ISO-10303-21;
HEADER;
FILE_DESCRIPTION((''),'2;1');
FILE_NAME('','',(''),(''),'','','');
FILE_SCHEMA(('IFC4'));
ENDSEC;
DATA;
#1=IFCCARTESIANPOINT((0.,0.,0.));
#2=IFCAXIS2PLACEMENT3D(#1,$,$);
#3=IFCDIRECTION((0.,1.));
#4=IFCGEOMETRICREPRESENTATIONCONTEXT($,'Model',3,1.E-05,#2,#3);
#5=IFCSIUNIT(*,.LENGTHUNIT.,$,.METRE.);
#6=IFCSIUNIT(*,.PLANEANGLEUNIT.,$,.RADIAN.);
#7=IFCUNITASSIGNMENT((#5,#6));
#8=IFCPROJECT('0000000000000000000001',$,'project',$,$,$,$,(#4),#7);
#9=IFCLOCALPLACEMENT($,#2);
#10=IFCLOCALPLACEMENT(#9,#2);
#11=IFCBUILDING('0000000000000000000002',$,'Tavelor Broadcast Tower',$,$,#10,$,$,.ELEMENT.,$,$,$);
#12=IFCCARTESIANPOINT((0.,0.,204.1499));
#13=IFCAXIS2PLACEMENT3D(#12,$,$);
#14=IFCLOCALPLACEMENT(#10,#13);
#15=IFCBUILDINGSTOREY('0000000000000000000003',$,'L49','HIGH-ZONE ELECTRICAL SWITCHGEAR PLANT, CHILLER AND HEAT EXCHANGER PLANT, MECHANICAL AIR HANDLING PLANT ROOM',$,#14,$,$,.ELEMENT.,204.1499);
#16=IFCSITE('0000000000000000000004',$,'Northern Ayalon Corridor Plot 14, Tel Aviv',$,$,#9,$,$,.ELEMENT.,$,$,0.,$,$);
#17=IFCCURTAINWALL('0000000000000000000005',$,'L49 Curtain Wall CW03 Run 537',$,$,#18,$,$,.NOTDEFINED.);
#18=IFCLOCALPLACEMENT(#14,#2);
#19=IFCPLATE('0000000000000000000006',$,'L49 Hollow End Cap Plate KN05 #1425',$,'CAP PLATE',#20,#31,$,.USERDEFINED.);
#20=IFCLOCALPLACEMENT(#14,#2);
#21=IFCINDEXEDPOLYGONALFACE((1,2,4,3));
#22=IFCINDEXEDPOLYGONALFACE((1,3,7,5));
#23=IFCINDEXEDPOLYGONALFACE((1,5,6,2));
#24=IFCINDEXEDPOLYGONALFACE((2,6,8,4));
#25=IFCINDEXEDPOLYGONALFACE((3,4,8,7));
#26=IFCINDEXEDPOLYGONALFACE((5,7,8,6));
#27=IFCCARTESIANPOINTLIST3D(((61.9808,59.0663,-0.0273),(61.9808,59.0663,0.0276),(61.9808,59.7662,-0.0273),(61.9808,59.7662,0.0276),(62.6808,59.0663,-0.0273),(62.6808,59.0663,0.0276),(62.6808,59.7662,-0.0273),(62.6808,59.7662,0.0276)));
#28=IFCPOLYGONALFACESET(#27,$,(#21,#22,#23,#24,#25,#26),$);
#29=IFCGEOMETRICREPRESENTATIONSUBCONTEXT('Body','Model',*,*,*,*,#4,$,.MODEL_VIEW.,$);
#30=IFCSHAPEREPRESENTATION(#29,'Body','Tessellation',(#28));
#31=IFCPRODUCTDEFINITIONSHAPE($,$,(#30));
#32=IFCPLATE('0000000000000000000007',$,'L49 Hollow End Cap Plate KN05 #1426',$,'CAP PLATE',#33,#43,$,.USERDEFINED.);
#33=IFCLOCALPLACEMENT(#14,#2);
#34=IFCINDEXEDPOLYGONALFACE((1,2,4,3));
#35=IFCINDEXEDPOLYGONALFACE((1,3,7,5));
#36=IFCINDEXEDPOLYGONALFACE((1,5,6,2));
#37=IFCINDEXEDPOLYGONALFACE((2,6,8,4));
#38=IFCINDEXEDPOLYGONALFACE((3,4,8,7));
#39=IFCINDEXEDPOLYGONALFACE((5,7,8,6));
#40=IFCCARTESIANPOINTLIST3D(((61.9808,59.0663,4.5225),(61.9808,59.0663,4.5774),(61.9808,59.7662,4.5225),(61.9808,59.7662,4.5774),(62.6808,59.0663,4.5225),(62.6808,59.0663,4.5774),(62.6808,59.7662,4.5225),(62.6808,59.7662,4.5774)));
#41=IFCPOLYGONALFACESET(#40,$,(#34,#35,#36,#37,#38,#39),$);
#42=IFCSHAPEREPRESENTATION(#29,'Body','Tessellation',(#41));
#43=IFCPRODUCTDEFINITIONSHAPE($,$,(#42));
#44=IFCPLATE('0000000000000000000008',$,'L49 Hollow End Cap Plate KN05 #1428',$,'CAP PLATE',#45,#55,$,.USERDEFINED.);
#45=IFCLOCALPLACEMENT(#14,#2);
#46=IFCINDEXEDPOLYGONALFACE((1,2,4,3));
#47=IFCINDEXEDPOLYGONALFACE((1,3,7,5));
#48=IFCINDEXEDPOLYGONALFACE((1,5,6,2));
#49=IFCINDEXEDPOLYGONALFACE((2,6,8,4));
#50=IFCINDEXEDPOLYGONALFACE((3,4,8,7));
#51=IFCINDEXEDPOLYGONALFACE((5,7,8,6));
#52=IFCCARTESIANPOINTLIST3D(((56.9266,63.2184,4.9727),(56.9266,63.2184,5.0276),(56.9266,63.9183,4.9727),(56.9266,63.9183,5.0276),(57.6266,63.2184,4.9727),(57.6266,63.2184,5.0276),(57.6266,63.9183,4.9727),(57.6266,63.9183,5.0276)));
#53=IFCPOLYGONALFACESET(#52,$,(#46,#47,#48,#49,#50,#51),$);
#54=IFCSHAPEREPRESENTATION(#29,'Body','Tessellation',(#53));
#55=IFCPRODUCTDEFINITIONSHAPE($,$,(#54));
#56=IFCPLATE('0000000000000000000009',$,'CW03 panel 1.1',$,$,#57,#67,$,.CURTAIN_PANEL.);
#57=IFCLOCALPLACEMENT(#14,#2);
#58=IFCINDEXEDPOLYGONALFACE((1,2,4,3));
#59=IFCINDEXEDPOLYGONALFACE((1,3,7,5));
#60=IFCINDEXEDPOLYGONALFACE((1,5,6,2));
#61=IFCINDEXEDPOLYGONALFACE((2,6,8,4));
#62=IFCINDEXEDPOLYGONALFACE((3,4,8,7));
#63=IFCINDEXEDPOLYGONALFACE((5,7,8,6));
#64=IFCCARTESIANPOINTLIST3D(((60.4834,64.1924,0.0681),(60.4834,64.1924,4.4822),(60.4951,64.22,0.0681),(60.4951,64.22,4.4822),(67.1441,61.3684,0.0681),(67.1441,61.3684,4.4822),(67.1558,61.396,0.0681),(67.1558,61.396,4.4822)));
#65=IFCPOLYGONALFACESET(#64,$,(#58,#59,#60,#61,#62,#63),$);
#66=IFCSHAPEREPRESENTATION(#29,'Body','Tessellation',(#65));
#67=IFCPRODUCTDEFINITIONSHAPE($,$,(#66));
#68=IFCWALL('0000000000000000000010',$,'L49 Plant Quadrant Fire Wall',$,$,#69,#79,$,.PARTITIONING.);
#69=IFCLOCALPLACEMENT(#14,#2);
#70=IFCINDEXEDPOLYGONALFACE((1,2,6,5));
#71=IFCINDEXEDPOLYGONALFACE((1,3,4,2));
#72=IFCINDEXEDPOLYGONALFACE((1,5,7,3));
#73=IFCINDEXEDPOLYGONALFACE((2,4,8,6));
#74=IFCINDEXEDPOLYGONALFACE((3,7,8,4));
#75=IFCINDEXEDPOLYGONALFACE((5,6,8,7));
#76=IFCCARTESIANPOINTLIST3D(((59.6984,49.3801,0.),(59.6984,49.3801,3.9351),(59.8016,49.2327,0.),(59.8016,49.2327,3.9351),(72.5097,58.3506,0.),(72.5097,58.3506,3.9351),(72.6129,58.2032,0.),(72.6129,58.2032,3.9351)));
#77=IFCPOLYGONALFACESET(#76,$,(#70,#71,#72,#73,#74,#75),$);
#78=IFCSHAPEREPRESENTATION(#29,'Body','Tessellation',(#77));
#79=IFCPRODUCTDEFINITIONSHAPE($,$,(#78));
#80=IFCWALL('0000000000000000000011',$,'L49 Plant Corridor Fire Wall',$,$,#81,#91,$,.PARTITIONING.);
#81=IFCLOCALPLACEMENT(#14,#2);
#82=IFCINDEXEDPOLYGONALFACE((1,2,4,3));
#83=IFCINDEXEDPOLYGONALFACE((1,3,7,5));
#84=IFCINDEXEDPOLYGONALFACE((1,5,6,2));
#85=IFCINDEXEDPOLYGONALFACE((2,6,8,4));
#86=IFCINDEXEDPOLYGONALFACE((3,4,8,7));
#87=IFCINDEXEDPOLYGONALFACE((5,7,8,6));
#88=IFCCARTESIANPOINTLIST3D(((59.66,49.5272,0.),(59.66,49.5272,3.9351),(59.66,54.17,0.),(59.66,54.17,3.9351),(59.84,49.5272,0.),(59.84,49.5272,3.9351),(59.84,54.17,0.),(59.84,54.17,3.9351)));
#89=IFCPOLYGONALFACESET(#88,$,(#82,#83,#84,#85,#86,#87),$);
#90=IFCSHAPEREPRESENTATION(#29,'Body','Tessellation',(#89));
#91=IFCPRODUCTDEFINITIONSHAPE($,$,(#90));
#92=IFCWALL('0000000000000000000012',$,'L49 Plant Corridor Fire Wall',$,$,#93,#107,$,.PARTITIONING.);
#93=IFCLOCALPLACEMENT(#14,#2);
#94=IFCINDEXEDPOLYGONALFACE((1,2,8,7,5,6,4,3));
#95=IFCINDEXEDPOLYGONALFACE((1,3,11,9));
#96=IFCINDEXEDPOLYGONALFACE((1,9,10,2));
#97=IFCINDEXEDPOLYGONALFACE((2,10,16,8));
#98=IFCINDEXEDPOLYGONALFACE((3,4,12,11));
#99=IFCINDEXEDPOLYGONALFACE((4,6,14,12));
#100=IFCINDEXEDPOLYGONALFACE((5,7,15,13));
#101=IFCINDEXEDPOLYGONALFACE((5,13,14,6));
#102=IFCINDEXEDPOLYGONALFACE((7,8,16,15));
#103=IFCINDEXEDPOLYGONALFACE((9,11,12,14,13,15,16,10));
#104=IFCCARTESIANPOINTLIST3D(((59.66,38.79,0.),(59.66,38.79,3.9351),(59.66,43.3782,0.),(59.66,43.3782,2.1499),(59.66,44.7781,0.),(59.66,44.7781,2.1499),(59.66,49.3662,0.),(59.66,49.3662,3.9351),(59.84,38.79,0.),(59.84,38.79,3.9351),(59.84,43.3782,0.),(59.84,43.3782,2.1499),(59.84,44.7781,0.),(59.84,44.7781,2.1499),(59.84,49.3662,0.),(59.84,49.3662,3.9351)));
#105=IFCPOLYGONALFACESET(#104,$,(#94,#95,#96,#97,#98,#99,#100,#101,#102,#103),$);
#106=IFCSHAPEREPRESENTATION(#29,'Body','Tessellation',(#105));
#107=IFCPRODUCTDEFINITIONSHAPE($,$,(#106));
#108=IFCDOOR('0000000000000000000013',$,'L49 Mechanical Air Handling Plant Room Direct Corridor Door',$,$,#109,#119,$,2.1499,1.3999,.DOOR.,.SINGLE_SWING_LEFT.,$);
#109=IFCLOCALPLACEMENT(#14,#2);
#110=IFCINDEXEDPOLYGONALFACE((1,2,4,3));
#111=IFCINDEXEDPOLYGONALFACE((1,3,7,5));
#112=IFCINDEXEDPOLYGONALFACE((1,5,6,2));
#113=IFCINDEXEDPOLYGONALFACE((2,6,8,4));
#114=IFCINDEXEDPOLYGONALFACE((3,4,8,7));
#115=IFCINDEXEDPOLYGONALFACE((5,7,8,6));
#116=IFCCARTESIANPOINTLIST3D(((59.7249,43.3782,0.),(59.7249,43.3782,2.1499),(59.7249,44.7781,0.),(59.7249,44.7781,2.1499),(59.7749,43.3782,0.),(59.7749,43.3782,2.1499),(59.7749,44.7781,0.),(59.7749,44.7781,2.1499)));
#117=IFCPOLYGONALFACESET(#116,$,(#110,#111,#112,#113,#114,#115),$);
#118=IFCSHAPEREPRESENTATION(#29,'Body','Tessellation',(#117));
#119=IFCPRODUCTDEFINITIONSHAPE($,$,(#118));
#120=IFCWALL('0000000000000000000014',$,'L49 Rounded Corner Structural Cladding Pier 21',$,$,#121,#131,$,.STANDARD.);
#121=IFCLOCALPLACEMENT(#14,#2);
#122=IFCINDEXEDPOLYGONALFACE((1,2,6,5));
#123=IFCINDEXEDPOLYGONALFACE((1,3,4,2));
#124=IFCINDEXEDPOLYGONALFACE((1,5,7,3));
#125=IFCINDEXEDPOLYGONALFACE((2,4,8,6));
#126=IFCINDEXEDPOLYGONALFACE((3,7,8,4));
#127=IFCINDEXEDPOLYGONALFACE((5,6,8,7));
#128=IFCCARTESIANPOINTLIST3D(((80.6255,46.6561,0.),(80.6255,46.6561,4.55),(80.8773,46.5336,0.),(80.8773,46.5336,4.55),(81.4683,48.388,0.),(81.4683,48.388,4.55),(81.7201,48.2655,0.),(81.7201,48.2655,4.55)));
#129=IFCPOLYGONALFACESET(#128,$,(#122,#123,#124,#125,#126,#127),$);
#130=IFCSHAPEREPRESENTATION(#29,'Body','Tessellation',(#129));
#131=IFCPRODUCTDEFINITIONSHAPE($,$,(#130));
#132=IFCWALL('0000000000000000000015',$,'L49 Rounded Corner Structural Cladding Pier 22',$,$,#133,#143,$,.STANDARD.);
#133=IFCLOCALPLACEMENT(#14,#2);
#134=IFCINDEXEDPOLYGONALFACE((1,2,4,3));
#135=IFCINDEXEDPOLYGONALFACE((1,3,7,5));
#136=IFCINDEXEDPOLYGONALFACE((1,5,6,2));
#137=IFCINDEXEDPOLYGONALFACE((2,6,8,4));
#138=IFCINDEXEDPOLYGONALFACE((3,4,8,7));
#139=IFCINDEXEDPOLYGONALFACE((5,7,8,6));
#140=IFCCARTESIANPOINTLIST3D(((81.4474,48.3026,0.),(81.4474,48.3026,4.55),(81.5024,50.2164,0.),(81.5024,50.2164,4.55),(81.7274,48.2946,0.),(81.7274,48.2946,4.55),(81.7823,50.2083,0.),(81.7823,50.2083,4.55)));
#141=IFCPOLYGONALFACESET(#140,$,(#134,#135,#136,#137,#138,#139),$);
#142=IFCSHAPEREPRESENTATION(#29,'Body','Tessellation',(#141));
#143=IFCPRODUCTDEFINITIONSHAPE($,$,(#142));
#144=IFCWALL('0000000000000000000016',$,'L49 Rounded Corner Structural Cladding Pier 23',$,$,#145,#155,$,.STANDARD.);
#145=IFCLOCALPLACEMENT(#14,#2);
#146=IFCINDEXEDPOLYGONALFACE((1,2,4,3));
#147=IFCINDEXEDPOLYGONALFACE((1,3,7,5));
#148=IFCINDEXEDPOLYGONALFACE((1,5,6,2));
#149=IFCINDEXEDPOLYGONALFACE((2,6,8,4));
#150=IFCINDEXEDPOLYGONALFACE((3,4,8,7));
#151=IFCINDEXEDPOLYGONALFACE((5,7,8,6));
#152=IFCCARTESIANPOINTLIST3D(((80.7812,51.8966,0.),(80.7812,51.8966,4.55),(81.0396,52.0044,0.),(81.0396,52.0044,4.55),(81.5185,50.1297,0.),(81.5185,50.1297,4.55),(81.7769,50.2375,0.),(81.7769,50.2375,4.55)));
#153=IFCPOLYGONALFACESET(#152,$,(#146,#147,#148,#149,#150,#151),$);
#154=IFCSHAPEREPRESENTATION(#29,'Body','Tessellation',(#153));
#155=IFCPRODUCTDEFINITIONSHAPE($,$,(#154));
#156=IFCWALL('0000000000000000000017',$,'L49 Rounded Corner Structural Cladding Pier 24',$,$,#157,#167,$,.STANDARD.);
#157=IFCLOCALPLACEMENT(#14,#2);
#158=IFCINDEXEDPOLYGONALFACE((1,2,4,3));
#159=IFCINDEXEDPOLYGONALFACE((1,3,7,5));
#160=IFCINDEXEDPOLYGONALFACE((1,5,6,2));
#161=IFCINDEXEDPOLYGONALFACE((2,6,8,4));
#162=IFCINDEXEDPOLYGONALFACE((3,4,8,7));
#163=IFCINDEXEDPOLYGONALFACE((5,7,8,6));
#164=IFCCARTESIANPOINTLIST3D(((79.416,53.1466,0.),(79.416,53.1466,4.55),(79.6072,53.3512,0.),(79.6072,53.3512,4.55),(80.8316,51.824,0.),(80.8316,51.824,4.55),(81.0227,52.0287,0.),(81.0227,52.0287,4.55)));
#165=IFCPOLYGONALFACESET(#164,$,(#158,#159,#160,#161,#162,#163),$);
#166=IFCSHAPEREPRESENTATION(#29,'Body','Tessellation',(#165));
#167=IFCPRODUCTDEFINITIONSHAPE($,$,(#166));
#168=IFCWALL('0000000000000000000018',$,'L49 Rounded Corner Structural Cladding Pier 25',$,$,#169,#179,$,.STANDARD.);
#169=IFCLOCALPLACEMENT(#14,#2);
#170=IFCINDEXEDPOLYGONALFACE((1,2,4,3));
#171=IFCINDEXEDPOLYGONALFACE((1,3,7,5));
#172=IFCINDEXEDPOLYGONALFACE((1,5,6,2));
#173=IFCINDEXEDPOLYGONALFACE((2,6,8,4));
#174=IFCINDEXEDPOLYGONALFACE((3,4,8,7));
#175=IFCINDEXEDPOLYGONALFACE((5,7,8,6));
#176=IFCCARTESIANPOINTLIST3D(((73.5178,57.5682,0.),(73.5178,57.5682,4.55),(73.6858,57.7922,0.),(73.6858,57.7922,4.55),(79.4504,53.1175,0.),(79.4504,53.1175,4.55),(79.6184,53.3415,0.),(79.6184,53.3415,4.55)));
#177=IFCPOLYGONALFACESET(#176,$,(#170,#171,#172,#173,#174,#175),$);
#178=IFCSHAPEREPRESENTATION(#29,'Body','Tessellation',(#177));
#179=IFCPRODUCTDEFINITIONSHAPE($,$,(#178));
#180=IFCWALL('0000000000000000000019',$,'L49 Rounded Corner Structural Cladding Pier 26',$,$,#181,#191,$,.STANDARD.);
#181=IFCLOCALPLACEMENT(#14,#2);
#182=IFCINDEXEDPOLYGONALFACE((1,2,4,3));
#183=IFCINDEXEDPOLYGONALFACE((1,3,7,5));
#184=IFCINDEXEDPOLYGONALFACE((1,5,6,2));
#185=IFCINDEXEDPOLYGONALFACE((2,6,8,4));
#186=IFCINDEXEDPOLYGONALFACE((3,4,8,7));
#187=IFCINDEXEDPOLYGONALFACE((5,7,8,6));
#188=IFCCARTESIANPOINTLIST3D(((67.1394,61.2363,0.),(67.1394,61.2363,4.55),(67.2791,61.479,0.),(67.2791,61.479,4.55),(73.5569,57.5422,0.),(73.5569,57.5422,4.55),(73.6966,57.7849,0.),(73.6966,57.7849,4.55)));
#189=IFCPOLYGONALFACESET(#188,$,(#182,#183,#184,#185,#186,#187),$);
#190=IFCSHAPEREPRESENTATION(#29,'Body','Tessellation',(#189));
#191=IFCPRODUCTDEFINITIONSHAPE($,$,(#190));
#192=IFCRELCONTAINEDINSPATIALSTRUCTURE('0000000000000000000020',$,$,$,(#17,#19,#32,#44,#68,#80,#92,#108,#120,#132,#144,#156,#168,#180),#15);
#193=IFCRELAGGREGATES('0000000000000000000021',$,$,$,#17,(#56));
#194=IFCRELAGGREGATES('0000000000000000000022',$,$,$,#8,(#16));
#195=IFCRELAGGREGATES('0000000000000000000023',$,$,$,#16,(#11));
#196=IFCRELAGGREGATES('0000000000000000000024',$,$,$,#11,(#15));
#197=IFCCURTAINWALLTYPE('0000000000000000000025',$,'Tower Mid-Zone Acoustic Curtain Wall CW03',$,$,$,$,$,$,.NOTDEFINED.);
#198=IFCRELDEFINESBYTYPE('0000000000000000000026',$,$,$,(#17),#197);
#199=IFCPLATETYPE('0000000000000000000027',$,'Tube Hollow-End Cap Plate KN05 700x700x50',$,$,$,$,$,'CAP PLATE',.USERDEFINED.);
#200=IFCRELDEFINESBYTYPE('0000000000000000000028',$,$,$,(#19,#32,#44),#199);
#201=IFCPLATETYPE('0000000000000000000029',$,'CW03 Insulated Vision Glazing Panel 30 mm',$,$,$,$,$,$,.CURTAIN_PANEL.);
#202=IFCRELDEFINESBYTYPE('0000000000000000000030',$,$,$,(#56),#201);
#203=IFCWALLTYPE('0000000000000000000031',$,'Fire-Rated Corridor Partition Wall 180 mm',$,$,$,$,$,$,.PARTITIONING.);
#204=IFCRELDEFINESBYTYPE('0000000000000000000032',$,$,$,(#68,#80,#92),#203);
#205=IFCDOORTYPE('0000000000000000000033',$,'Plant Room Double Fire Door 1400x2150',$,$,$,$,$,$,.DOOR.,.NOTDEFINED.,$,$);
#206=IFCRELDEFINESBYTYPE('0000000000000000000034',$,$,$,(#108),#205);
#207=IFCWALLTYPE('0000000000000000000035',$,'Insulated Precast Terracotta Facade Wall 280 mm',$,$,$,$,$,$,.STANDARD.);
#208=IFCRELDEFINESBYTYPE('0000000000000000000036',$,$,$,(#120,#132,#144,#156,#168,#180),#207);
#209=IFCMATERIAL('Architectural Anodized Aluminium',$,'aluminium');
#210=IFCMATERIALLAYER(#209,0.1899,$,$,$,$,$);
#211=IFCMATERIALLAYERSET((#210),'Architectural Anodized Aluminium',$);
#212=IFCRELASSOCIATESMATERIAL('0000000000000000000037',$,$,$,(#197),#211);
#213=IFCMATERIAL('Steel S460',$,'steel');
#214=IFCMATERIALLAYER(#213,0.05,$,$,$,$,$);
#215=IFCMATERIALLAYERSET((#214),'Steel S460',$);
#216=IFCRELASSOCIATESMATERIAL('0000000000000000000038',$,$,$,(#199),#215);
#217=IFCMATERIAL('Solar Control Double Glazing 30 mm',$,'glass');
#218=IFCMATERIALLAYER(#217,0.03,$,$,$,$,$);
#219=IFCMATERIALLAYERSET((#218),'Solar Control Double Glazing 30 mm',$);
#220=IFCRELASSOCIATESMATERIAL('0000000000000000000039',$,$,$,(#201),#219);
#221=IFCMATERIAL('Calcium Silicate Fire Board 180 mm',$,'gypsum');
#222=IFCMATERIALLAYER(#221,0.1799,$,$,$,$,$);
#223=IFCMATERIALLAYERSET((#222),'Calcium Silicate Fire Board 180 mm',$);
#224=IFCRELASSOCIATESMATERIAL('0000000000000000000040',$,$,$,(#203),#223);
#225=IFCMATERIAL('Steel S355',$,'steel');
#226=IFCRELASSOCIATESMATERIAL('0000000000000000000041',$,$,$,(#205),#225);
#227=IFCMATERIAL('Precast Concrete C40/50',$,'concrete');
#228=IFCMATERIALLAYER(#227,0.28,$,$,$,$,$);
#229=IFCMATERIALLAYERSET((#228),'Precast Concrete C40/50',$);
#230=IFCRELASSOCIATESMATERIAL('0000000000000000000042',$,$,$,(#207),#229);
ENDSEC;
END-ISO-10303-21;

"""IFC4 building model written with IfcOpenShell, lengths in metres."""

from ifc_helpers import new_model, si_unit, direction, frame, frame_2d, origin, origin_2d, place, context, subcontext, project, spatial, rectangle, extrude, source, transform, mapped, material, layer, layer_set, type_object, type_shapes, element, fill, aggregate, save


model = new_model("IFC4")

# Units and contexts
model_context = context("Model", 3, precision=1e-05, world=origin(), true_north=direction((0.0, 1.0)))
body_context = subcontext(model_context, "Body", "Model", "MODEL_VIEW")
ifc_project = project(units=[si_unit("LENGTHUNIT", "METRE"), si_unit("PLANEANGLEUNIT", "RADIAN")], contexts=[model_context])

# Site, building, storey
site_placement = place(None, origin())
site = spatial("IfcSite", under=ifc_project, at=site_placement, Name="Northern Ayalon Corridor Plot 14, Tel Aviv", CompositionType="ELEMENT", RefElevation=0.0)
building_placement = place(site_placement, origin())
building = spatial("IfcBuilding", under=site, at=building_placement, Name="Tavelor Broadcast Tower", CompositionType="ELEMENT")
storey_placement = place(building_placement, frame((0.0, 0.0, 204.1499)))
storey = spatial("IfcBuildingStorey", under=building, at=storey_placement, Name="L49", Description="HIGH-ZONE ELECTRICAL SWITCHGEAR PLANT, CHILLER AND HEAT EXCHANGER PLANT, MECHANICAL AIR HANDLING PLANT ROOM", CompositionType="ELEMENT", Elevation=204.1499)

# Shared definitions
ifc_material_1 = material(Name="Steel S460", Category="steel")

# Shared definitions
ifc_material_2 = material(Name="Steel S355", Category="steel")

# Shared definitions
ifc_material_3 = material(Name="Architectural Anodized Aluminium", Category="aluminium")
ifc_layer_1 = layer(ifc_material_3, 0.1899)
ifc_layer_set_1 = layer_set([ifc_layer_1], Name="Architectural Anodized Aluminium")
curtain_wall_type = type_object("IfcCurtainWallType", Name="Tower Mid-Zone Acoustic Curtain Wall CW03", PredefinedType="NOTDEFINED", material=ifc_layer_set_1)

# Curtain wall
curtain_wall_1_placement = place(storey_placement, origin())
curtain_wall_1 = element("IfcCurtainWall", 1, at=curtain_wall_1_placement, inside=storey, type_object=curtain_wall_type, Name="L49 Curtain Wall CW03 Run 537", PredefinedType="NOTDEFINED")

# Plates
ifc_layer_2 = layer(ifc_material_1, 0.05)
ifc_layer_set_2 = layer_set([ifc_layer_2], Name="Steel S460")
plate_type_1 = type_object("IfcPlateType", Name="Tube Hollow-End Cap Plate KN05 700x700x50", ElementType="CAP PLATE", PredefinedType="USERDEFINED", material=ifc_layer_set_2)
shared_shape_1 = source(origin(), body_context, "Body", "SweptSolid", [
    extrude(rectangle(XDim=0.7, YDim=0.7, at=origin_2d()), origin(), (0.0, 0.0, 1.0), 0.0549),
])
type_shapes(plate_type_1, [shared_shape_1])
for number, where, z_axis, x_axis, name in (
    (2, (62.3308, 59.4163, -0.0273), (0.0, 0.0, 1.0), (1.0, 0.0, 0.0), "L49 Hollow End Cap Plate KN05 #1425"),
    (3, (62.3308, 59.4163, 4.5225), (0.0, 0.0, 1.0), (1.0, 0.0, 0.0), "L49 Hollow End Cap Plate KN05 #1426"),
    (4, (57.2766, 63.5684, 4.9727), (0.0, 0.0, 1.0), (1.0, 0.0, 0.0), "L49 Hollow End Cap Plate KN05 #1428"),
):
    element("IfcPlate", number, at=place(storey_placement, frame(where, z_axis=z_axis, x_axis=x_axis)), inside=storey, type_object=plate_type_1, Name=name, ObjectType="CAP PLATE", PredefinedType="USERDEFINED", context=body_context, shape_type="MappedRepresentation", body=[
        mapped(shared_shape_1, transform((0.0, 0.0, 0.0), scale=1.0)),
    ])

# Plate
ifc_material_4 = material(Name="Solar Control Double Glazing 30 mm", Category="glass")
ifc_layer_3 = layer(ifc_material_4, 0.03)
ifc_layer_set_3 = layer_set([ifc_layer_3], Name="Solar Control Double Glazing 30 mm")
plate_type_2 = type_object("IfcPlateType", Name="CW03 Insulated Vision Glazing Panel 30 mm", PredefinedType="CURTAIN_PANEL", material=ifc_layer_set_3)
shared_shape_2 = source(origin(), body_context, "Body", "SweptSolid", [
    extrude(rectangle(XDim=7.2346, YDim=0.03, at=origin_2d()), origin(), (0.0, 0.0, 1.0), 4.4141),
])
type_shapes(plate_type_2, [shared_shape_2])
plate_placement = place(storey_placement, frame((63.8196, 62.7942, 0.0681), z_axis=(0.0, 0.0, 1.0), x_axis=(-0.92067, 0.390342, 0.0)))
plate = element("IfcPlate", 5, at=plate_placement, type_object=plate_type_2, Name="CW03 panel 1.1", PredefinedType="CURTAIN_PANEL", context=body_context, shape_type="MappedRepresentation", body=[
    mapped(shared_shape_2, transform((0.0, 0.0, 0.0), scale=1.0)),
])
aggregate(curtain_wall_1, [plate])

# Walls
ifc_material_5 = material(Name="Calcium Silicate Fire Board 180 mm", Category="gypsum")
ifc_layer_4 = layer(ifc_material_5, 0.1799)
ifc_layer_set_4 = layer_set([ifc_layer_4], Name="Calcium Silicate Fire Board 180 mm")
wall_type_1 = type_object("IfcWallType", Name="Fire-Rated Corridor Partition Wall 180 mm", PredefinedType="PARTITIONING", material=ifc_layer_set_4)
wall_1_placement = place(storey_placement, frame((59.75, 49.3064, 0.0), z_axis=(0.0, 0.0, 1.0), x_axis=(0.819155, 0.573572, 0.0)))
element("IfcWall", 6, at=wall_1_placement, inside=storey, type_object=wall_type_1, Name="L49 Plant Quadrant Fire Wall", PredefinedType="PARTITIONING", context=body_context, shape_type="SweptSolid", body=[
    extrude(rectangle(XDim=15.6396, YDim=0.1799, at=frame_2d((7.8198, 0.0))), origin(), (0.0, 0.0, 1.0), 3.9351),
])
wall_2_placement = place(storey_placement, frame((59.75, 54.1699, 0.0), z_axis=(0.0, 0.0, 1.0), x_axis=(0.0, -1.0, 0.0)))
element("IfcWall", 7, at=wall_2_placement, inside=storey, type_object=wall_type_1, Name="L49 Plant Corridor Fire Wall", PredefinedType="PARTITIONING", context=body_context, shape_type="SweptSolid", body=[
    extrude(rectangle(XDim=4.6428, YDim=0.1799, at=frame_2d((2.3213, 0.0))), origin(), (0.0, 0.0, 1.0), 3.9351),
])

# Wall, opening, door
wall_3_placement = place(storey_placement, frame((59.75, 49.3662, 0.0), z_axis=(0.0, 0.0, 1.0), x_axis=(0.0, -1.0, 0.0)))
wall_3 = element("IfcWall", 8, at=wall_3_placement, inside=storey, type_object=wall_type_1, Name="L49 Plant Corridor Fire Wall", PredefinedType="PARTITIONING", context=body_context, shape_type="SweptSolid", body=[
    extrude(rectangle(XDim=10.5762, YDim=0.1799, at=frame_2d((5.2881, 0.0))), origin(), (0.0, 0.0, 1.0), 3.9351),
])
opening_placement = place(wall_3_placement, frame((4.5881, 0.0, 0.0)))
opening = element("IfcOpeningElement", 9, at=opening_placement, cuts=wall_3, PredefinedType="OPENING", context=body_context, shape_type="SweptSolid", body=[
    extrude(rectangle(XDim=1.3999, YDim=2.1499, at=frame_2d((0.7, 1.075))), frame((0.0, 0.1001, 0.0), z_axis=(0.0, -1.0, 0.0), x_axis=(1.0, 0.0, 0.0)), (0.0, 0.0, 1.0), 0.2),
])
door_type = type_object("IfcDoorType", Name="Plant Room Double Fire Door 1400x2150", OperationType="NOTDEFINED", PredefinedType="DOOR", material=ifc_material_2)
door_placement = place(opening_placement, origin())
door = element("IfcDoor", 10, at=door_placement, inside=storey, type_object=door_type, Name="L49 Mechanical Air Handling Plant Room Direct Corridor Door", OperationType="SINGLE_SWING_LEFT", OverallHeight=2.1499, OverallWidth=1.3999, PredefinedType="DOOR", context=body_context, shape_type="SweptSolid", body=[
    extrude(rectangle(XDim=1.3999, YDim=2.1499, at=frame_2d((0.7, 1.075))), frame((0.0, 0.0249, 0.0), z_axis=(0.0, -1.0, 0.0), x_axis=(1.0, 0.0, 0.0)), (0.0, 0.0, 1.0), 0.05),
])
fill(opening, door)

# Walls
ifc_material_6 = material(Name="Precast Concrete C40/50", Category="concrete")
ifc_layer_5 = layer(ifc_material_6, 0.28)
ifc_layer_set_5 = layer_set([ifc_layer_5], Name="Precast Concrete C40/50")
wall_type_2 = type_object("IfcWallType", Name="Insulated Precast Terracotta Facade Wall 280 mm", PredefinedType="STANDARD", material=ifc_layer_set_5)
wall_4_placement = place(storey_placement, frame((80.7515, 46.595, 0.0), z_axis=(0.0, 0.0, 1.0), x_axis=(0.437554, 0.899192, 0.0)))
element("IfcWall", 11, at=wall_4_placement, inside=storey, type_object=wall_type_2, Name="L49 Rounded Corner Structural Cladding Pier 21", PredefinedType="STANDARD", context=body_context, shape_type="SweptSolid", body=[
    extrude(rectangle(XDim=1.926, YDim=0.28, at=frame_2d((0.9629, 0.0))), origin(), (0.0, 0.0, 1.0), 4.55),
])
for number, where, z_axis, x_axis, name in (
    (12, (81.5874, 48.2986, 0.0), (0.0, 0.0, 1.0), (0.028691, 0.999588, 0.0), "L49 Rounded Corner Structural Cladding Pier 22"),
    (13, (81.6477, 50.1836, 0.0), (0.0, 0.0, 1.0), (-0.385113, 0.922869, 0.0), "L49 Rounded Corner Structural Cladding Pier 23"),
):
    element("IfcWall", number, at=place(storey_placement, frame(where, z_axis=z_axis, x_axis=x_axis)), inside=storey, type_object=wall_type_2, Name=name, PredefinedType="STANDARD", context=body_context, shape_type="SweptSolid", body=[
        extrude(rectangle(XDim=1.9146, YDim=0.28, at=frame_2d((0.9573, 0.0))), origin(), (0.0, 0.0, 1.0), 4.55),
    ])
wall_5_placement = place(storey_placement, frame((80.9272, 51.9263, 0.0), z_axis=(0.0, 0.0, 1.0), x_axis=(-0.730707, 0.682691, 0.0)))
element("IfcWall", 14, at=wall_5_placement, inside=storey, type_object=wall_type_2, Name="L49 Rounded Corner Structural Cladding Pier 24", PredefinedType="STANDARD", context=body_context, shape_type="SweptSolid", body=[
    extrude(rectangle(XDim=1.9373, YDim=0.28, at=frame_2d((0.9688, 0.0))), origin(), (0.0, 0.0, 1.0), 4.55),
])
wall_6_placement = place(storey_placement, frame((79.5344, 53.2295, 0.0), z_axis=(0.0, 0.0, 1.0), x_axis=(-0.799921, 0.600105, 0.0)))
element("IfcWall", 15, at=wall_6_placement, inside=storey, type_object=wall_type_2, Name="L49 Rounded Corner Structural Cladding Pier 25", PredefinedType="STANDARD", context=body_context, shape_type="SweptSolid", body=[
    extrude(rectangle(XDim=7.4165, YDim=0.28, at=frame_2d((3.7083, 0.0))), origin(), (0.0, 0.0, 1.0), 4.55),
])
wall_7_placement = place(storey_placement, frame((73.6267, 57.6636, 0.0), z_axis=(0.0, 0.0, 1.0), x_axis=(-0.86667, 0.498881, 0.0)))
element("IfcWall", 16, at=wall_7_placement, inside=storey, type_object=wall_type_2, Name="L49 Rounded Corner Structural Cladding Pier 26", PredefinedType="STANDARD", context=body_context, shape_type="SweptSolid", body=[
    extrude(rectangle(XDim=7.4048, YDim=0.28, at=frame_2d((3.7024, 0.0))), origin(), (0.0, 0.0, 1.0), 4.55),
])

save(model, "model.ifc")
